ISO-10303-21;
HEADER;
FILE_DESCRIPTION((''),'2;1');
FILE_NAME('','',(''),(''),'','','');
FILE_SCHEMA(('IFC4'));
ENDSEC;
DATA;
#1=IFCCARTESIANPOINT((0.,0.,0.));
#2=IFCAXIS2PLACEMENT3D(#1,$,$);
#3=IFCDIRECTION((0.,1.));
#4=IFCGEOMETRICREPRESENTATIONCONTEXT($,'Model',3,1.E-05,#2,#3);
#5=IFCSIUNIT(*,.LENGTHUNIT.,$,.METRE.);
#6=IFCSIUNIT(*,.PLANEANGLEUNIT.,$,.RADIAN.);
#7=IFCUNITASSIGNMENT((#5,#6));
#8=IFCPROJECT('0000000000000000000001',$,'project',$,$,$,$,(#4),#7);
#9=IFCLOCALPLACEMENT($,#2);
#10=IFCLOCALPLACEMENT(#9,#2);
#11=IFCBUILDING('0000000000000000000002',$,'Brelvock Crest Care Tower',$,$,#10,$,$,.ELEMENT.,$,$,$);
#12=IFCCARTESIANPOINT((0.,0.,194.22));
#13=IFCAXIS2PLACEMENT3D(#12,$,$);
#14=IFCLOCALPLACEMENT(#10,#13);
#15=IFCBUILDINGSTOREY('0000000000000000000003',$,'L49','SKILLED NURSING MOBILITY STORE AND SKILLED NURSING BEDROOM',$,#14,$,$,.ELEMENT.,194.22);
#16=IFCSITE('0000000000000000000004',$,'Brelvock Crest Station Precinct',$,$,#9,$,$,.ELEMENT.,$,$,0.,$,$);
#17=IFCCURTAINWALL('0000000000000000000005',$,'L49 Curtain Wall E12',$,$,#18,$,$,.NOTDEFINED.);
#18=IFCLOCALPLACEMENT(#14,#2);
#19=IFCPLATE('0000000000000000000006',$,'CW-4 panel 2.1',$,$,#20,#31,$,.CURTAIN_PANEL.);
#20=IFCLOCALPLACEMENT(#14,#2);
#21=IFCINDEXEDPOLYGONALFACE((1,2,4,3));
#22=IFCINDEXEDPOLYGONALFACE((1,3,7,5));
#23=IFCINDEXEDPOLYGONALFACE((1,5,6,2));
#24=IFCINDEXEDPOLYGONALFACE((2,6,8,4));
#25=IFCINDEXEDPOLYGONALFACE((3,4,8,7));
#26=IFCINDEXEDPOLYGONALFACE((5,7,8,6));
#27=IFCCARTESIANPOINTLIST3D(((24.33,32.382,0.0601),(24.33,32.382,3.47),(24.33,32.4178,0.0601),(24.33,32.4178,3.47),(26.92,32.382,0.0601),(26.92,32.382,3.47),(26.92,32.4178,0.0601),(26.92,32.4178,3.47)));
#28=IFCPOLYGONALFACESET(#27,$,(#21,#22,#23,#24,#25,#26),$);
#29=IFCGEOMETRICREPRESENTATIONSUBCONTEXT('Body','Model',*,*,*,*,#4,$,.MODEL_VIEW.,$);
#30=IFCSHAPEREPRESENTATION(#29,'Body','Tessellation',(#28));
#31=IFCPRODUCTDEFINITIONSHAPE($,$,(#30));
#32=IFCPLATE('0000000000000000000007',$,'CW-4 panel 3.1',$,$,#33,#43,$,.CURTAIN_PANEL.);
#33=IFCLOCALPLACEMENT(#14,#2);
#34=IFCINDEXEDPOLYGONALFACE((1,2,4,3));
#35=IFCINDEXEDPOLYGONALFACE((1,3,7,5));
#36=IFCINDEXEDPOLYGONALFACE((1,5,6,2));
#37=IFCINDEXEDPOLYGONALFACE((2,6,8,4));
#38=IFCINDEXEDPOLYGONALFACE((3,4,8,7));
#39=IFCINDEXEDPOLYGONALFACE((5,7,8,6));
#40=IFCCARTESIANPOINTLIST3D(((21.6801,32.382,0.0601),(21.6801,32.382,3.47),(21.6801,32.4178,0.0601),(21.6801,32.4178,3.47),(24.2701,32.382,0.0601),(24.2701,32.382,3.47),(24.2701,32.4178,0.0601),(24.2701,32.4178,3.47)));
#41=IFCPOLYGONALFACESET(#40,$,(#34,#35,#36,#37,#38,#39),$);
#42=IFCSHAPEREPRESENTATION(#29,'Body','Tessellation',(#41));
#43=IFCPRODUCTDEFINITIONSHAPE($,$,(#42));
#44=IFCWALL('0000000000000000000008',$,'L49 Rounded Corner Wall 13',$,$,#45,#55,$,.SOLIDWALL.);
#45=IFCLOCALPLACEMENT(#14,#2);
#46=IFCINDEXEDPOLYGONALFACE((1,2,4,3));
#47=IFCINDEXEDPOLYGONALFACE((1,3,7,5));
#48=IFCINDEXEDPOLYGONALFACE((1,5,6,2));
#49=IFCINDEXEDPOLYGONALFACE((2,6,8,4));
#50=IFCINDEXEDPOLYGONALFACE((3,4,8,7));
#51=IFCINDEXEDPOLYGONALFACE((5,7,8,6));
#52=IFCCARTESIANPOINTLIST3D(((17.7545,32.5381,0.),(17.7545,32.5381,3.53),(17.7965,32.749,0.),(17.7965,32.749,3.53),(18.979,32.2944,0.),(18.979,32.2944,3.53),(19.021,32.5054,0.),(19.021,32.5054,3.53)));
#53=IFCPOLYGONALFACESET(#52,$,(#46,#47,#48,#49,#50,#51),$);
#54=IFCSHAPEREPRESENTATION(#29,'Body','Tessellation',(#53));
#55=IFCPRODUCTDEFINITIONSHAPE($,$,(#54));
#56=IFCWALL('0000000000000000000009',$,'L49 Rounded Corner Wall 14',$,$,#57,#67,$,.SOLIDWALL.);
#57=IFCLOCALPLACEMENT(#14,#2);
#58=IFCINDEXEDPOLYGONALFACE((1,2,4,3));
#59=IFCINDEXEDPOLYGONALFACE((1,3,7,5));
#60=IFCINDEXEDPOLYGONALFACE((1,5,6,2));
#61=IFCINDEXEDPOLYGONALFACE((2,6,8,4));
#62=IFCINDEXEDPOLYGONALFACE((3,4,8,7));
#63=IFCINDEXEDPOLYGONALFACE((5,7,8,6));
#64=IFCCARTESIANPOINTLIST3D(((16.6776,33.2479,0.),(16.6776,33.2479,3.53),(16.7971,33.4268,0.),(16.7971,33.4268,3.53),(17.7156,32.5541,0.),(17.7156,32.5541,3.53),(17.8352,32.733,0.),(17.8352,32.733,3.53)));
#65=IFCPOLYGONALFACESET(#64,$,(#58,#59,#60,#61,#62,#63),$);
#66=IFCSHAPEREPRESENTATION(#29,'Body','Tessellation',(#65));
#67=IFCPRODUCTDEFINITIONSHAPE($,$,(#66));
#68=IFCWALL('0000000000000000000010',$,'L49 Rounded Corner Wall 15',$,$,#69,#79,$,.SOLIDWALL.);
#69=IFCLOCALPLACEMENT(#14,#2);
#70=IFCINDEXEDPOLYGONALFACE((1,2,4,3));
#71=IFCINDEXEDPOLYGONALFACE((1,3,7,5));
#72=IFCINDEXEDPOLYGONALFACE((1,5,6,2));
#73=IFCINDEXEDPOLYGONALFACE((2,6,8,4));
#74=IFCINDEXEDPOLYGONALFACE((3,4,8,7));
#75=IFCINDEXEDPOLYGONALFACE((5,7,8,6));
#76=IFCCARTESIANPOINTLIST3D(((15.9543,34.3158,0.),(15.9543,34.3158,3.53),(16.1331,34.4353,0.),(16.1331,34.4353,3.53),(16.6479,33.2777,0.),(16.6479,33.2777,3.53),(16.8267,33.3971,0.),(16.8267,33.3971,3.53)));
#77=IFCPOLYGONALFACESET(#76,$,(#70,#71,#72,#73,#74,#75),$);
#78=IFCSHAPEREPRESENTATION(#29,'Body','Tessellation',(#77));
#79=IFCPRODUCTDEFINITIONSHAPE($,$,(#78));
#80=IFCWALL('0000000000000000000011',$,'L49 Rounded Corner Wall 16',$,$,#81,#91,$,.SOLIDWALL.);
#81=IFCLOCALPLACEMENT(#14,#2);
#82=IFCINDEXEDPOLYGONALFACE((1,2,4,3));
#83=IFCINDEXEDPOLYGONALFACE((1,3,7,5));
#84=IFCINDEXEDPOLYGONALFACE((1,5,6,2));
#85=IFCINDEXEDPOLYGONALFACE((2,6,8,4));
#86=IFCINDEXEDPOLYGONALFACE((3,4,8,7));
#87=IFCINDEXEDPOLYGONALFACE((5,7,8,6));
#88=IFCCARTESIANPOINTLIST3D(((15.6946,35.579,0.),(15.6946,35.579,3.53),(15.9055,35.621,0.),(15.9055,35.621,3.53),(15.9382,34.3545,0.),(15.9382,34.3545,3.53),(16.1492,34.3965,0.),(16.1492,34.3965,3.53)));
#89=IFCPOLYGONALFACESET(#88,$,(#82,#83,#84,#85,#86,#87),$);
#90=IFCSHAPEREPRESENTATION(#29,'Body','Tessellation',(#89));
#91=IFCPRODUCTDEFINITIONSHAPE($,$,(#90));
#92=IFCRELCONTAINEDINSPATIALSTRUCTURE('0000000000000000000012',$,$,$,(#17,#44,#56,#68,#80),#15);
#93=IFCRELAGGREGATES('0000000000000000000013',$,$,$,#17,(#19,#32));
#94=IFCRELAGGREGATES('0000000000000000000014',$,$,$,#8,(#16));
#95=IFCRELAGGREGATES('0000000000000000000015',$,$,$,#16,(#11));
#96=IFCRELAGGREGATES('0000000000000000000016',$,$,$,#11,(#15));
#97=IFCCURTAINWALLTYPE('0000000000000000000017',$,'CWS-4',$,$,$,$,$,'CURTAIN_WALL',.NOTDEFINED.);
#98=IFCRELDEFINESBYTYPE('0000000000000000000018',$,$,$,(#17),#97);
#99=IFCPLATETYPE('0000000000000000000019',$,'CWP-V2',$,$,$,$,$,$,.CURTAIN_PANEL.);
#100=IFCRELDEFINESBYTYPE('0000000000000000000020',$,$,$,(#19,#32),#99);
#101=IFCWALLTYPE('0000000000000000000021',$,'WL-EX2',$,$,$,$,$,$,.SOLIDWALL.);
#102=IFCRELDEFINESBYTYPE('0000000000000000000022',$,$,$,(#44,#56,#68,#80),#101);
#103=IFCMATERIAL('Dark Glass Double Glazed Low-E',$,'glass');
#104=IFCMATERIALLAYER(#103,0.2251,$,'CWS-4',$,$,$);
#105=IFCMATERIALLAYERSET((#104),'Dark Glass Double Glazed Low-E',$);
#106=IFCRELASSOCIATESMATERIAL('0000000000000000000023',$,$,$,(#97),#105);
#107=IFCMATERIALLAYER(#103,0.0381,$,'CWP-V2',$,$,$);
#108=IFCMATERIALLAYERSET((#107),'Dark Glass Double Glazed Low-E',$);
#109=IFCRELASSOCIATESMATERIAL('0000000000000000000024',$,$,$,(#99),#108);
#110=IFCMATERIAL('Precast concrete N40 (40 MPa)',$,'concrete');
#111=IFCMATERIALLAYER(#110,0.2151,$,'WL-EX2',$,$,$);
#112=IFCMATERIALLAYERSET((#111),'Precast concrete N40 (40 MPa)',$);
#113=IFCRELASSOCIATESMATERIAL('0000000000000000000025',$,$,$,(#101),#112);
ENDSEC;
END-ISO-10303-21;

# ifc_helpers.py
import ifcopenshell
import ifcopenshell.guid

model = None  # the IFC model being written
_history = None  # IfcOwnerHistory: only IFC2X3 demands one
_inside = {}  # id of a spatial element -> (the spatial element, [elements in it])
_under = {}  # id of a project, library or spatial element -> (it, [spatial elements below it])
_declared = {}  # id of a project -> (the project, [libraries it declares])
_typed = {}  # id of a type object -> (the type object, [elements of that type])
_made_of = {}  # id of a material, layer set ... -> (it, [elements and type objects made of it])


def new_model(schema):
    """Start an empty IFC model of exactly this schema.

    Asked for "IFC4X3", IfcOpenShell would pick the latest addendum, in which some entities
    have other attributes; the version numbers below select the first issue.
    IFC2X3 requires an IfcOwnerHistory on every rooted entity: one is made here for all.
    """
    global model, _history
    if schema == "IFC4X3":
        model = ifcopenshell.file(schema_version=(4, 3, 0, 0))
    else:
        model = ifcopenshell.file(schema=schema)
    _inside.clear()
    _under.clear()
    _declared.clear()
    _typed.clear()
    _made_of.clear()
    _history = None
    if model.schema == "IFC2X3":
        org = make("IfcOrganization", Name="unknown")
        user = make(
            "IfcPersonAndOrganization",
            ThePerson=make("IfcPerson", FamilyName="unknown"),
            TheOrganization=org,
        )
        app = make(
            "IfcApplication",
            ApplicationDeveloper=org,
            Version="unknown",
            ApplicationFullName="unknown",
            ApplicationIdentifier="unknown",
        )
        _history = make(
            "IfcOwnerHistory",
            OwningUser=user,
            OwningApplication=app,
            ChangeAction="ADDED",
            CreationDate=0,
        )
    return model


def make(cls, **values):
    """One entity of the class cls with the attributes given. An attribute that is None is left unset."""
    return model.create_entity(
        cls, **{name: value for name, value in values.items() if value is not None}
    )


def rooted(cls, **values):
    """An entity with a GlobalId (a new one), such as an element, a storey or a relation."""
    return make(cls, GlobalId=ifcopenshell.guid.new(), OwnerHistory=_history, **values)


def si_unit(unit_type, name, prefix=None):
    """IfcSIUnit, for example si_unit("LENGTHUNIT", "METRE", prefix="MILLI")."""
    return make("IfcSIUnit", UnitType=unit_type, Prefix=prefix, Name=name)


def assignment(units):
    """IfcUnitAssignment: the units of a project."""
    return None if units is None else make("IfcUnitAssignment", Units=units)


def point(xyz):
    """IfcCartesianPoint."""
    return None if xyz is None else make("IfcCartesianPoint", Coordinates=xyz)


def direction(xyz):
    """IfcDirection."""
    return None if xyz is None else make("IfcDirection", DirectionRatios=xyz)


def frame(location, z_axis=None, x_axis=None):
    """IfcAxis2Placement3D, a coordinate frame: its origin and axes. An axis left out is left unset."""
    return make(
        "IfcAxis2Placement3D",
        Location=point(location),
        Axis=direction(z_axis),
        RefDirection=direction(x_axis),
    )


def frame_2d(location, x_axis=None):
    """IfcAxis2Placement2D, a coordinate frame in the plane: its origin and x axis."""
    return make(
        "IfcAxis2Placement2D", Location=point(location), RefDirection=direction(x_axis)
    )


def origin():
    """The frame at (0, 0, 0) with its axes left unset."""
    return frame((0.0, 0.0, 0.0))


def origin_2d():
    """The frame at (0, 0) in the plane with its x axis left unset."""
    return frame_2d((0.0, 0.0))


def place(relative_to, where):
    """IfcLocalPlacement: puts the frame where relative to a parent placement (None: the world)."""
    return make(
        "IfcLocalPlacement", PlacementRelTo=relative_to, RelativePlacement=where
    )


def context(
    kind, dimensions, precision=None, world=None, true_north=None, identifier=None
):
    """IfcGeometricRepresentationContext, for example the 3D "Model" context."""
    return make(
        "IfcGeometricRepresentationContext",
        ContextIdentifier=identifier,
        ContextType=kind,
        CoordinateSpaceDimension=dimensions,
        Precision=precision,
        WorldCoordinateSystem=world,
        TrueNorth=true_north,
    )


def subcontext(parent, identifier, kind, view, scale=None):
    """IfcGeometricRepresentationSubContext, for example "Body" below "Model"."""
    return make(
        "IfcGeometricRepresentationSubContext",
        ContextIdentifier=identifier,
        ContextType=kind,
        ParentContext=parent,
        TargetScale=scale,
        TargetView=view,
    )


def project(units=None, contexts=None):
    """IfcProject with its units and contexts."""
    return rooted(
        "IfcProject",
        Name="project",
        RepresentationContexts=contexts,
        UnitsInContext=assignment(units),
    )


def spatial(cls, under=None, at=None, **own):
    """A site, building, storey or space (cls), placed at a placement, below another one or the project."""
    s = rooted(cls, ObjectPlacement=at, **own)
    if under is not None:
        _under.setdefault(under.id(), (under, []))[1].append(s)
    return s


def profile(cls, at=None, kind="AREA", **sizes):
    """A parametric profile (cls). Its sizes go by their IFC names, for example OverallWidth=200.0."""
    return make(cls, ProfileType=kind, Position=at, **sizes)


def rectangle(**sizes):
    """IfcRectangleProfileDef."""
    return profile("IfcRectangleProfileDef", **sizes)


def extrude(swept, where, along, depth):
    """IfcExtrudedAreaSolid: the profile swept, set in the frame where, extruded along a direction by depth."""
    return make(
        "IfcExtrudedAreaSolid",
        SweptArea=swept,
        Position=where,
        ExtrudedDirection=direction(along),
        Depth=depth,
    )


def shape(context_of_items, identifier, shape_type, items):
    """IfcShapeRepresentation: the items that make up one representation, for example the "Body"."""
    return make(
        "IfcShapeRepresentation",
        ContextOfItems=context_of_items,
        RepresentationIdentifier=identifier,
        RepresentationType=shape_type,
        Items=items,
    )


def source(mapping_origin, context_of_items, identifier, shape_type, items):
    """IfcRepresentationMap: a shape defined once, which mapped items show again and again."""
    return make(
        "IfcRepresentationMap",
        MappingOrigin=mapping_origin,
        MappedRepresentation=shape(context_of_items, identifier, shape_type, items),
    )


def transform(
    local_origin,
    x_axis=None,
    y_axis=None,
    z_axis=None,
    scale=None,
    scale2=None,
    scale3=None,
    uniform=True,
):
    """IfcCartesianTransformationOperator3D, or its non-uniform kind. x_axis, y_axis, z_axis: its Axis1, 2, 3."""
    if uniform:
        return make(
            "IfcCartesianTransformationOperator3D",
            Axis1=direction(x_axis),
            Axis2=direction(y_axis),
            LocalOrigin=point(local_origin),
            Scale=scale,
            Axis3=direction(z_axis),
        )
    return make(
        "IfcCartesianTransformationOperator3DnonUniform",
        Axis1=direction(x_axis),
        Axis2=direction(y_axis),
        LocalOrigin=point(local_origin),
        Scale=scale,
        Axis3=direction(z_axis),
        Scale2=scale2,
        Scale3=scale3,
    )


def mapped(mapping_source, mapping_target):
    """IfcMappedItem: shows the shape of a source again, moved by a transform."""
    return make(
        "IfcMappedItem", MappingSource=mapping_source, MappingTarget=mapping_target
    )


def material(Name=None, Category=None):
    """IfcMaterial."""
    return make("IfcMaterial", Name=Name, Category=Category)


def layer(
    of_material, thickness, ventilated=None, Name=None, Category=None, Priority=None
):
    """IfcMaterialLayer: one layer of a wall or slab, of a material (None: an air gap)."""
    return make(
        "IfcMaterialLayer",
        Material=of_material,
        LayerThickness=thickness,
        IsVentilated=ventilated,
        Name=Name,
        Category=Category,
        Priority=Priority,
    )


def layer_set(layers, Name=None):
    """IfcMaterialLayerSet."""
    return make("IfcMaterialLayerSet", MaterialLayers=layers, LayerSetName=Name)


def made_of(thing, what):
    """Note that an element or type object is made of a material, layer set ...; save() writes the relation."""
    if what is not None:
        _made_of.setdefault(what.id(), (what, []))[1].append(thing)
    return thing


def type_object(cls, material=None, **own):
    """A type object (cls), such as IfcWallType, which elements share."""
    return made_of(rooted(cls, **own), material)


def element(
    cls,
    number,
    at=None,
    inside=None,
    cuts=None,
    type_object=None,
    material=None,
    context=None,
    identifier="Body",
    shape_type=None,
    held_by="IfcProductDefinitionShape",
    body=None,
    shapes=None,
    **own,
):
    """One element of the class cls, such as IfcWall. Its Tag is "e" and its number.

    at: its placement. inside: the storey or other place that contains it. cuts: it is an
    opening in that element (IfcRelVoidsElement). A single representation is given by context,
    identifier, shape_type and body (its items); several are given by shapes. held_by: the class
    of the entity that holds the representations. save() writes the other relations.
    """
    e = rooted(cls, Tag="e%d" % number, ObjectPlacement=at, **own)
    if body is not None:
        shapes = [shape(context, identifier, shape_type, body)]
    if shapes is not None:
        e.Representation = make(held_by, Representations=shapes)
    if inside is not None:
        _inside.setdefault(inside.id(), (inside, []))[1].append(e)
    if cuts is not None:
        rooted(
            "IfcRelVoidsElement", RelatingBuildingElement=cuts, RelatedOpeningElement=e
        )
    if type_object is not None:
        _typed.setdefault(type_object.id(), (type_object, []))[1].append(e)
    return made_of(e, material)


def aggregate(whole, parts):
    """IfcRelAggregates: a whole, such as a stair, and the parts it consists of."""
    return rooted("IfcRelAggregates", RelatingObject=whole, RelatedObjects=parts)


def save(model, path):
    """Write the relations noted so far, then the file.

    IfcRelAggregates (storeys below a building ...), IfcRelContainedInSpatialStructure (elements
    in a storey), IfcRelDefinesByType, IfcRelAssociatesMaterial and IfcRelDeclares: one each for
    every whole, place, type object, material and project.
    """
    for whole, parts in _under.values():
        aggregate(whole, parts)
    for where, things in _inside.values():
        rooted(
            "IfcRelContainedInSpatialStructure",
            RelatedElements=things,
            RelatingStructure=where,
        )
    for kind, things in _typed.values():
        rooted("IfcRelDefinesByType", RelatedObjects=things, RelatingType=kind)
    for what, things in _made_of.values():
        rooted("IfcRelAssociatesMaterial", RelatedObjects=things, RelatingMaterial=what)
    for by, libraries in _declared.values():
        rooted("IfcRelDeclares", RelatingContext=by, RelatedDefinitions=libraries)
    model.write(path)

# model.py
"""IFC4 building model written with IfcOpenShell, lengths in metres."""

from ifc_helpers import new_model, si_unit, direction, frame, frame_2d, origin, origin_2d, place, context, subcontext, project, spatial, rectangle, extrude, source, transform, mapped, material, layer, layer_set, type_object, element, aggregate, save


model = new_model("IFC4")

# Units and contexts
model_context = context("Model", 3, precision=1e-05, world=origin(), true_north=direction((0.0, 1.0)))
body_context = subcontext(model_context, "Body", "Model", "MODEL_VIEW")
ifc_project = project(units=[si_unit("LENGTHUNIT", "METRE"), si_unit("PLANEANGLEUNIT", "RADIAN")], contexts=[model_context])

# Site, building, storey
site_placement = place(None, origin())
site = spatial("IfcSite", under=ifc_project, at=site_placement, Name="Brelvock Crest Station Precinct", CompositionType="ELEMENT", RefElevation=0.0)
building_placement = place(site_placement, origin())
building = spatial("IfcBuilding", under=site, at=building_placement, Name="Brelvock Crest Care Tower", CompositionType="ELEMENT")
storey_placement = place(building_placement, frame((0.0, 0.0, 194.22)))
storey = spatial("IfcBuildingStorey", under=building, at=storey_placement, Name="L49", Description="SKILLED NURSING MOBILITY STORE AND SKILLED NURSING BEDROOM", CompositionType="ELEMENT", Elevation=194.22)

# Curtain wall
ifc_material_1 = material(Name="Dark Glass Double Glazed Low-E", Category="glass")
ifc_layer_1 = layer(ifc_material_1, 0.2251, Name="CWS-4")
ifc_layer_set_1 = layer_set([ifc_layer_1], Name="Dark Glass Double Glazed Low-E")
curtain_wall_type = type_object("IfcCurtainWallType", Name="CWS-4", ElementType="CURTAIN_WALL", PredefinedType="NOTDEFINED", material=ifc_layer_set_1)
curtain_wall_1_placement = place(storey_placement, origin())
curtain_wall_1 = element("IfcCurtainWall", 1, at=curtain_wall_1_placement, inside=storey, type_object=curtain_wall_type, Name="L49 Curtain Wall E12", PredefinedType="NOTDEFINED")

# Plates
ifc_layer_2 = layer(ifc_material_1, 0.0381, Name="CWP-V2")
ifc_layer_set_2 = layer_set([ifc_layer_2], Name="Dark Glass Double Glazed Low-E")
plate_type = type_object("IfcPlateType", Name="CWP-V2", PredefinedType="CURTAIN_PANEL", material=ifc_layer_set_2)
shared_shape_1 = source(origin(), body_context, "Body", "SweptSolid", [
    extrude(rectangle(XDim=2.5901, YDim=0.0359, at=origin_2d()), origin(), (0.0, 0.0, 1.0), 3.4099),
])
plate_1_placement = place(storey_placement, frame((25.625, 32.3999, 0.0601), z_axis=(0.0, 0.0, 1.0), x_axis=(-1.0, 0.0, 0.0)))
plate_1 = element("IfcPlate", 2, at=plate_1_placement, type_object=plate_type, Name="CW-4 panel 2.1", PredefinedType="CURTAIN_PANEL", context=body_context, shape_type="MappedRepresentation", body=[
    mapped(shared_shape_1, transform((0.0, 0.0, 0.0), x_axis=(1.0, 0.0, 0.0), y_axis=(0.0, 1.0, 0.0), z_axis=(0.0, 0.0, 1.0), scale=1.0)),
])
plate_2_placement = place(storey_placement, frame((22.9751, 32.3999, 0.0601), z_axis=(0.0, 0.0, 1.0), x_axis=(-1.0, 0.0, 0.0)))
plate_2 = element("IfcPlate", 3, at=plate_2_placement, type_object=plate_type, Name="CW-4 panel 3.1", PredefinedType="CURTAIN_PANEL", context=body_context, shape_type="MappedRepresentation", body=[
    mapped(shared_shape_1, transform((0.0, 0.0, 0.0), x_axis=(1.0, 0.0, 0.0), y_axis=(0.0, 1.0, 0.0), z_axis=(0.0, 0.0, 1.0), scale=1.0)),
])
aggregate(curtain_wall_1, [plate_1, plate_2])

# Walls
ifc_material_2 = material(Name="Precast concrete N40 (40 MPa)", Category="concrete")
ifc_layer_3 = layer(ifc_material_2, 0.2151, Name="WL-EX2")
ifc_layer_set_3 = layer_set([ifc_layer_3], Name="Precast concrete N40 (40 MPa)")
wall_type = type_object("IfcWallType", Name="WL-EX2", PredefinedType="SOLIDWALL", material=ifc_layer_set_3)
for number, where, z_axis, x_axis, name in (
    (4, (19.0, 32.3999, 0.0), (0.0, 0.0, 1.0), (-0.980776, 0.195138, 0.0), "L49 Rounded Corner Wall 13"),
    (5, (17.7754, 32.6436, 0.0), (0.0, 0.0, 1.0), (-0.831388, 0.555692, 0.0), "L49 Rounded Corner Wall 14"),
    (6, (16.7373, 33.3374, 0.0), (0.0, 0.0, 1.0), (-0.555557, 0.831478, 0.0), "L49 Rounded Corner Wall 15"),
    (7, (16.0437, 34.3755, 0.0), (0.0, 0.0, 1.0), (-0.195138, 0.980776, 0.0), "L49 Rounded Corner Wall 16"),
):
    element("IfcWall", number, at=place(storey_placement, frame(where, z_axis=z_axis, x_axis=x_axis)), inside=storey, type_object=wall_type, Name=name, PredefinedType="SOLIDWALL", context=body_context, shape_type="SweptSolid", body=[
        extrude(rectangle(XDim=1.2485, YDim=0.2151, at=frame_2d((0.6243, 0.0))), origin(), (0.0, 0.0, 1.0), 3.53),
    ])

save(model, "model.ifc")
